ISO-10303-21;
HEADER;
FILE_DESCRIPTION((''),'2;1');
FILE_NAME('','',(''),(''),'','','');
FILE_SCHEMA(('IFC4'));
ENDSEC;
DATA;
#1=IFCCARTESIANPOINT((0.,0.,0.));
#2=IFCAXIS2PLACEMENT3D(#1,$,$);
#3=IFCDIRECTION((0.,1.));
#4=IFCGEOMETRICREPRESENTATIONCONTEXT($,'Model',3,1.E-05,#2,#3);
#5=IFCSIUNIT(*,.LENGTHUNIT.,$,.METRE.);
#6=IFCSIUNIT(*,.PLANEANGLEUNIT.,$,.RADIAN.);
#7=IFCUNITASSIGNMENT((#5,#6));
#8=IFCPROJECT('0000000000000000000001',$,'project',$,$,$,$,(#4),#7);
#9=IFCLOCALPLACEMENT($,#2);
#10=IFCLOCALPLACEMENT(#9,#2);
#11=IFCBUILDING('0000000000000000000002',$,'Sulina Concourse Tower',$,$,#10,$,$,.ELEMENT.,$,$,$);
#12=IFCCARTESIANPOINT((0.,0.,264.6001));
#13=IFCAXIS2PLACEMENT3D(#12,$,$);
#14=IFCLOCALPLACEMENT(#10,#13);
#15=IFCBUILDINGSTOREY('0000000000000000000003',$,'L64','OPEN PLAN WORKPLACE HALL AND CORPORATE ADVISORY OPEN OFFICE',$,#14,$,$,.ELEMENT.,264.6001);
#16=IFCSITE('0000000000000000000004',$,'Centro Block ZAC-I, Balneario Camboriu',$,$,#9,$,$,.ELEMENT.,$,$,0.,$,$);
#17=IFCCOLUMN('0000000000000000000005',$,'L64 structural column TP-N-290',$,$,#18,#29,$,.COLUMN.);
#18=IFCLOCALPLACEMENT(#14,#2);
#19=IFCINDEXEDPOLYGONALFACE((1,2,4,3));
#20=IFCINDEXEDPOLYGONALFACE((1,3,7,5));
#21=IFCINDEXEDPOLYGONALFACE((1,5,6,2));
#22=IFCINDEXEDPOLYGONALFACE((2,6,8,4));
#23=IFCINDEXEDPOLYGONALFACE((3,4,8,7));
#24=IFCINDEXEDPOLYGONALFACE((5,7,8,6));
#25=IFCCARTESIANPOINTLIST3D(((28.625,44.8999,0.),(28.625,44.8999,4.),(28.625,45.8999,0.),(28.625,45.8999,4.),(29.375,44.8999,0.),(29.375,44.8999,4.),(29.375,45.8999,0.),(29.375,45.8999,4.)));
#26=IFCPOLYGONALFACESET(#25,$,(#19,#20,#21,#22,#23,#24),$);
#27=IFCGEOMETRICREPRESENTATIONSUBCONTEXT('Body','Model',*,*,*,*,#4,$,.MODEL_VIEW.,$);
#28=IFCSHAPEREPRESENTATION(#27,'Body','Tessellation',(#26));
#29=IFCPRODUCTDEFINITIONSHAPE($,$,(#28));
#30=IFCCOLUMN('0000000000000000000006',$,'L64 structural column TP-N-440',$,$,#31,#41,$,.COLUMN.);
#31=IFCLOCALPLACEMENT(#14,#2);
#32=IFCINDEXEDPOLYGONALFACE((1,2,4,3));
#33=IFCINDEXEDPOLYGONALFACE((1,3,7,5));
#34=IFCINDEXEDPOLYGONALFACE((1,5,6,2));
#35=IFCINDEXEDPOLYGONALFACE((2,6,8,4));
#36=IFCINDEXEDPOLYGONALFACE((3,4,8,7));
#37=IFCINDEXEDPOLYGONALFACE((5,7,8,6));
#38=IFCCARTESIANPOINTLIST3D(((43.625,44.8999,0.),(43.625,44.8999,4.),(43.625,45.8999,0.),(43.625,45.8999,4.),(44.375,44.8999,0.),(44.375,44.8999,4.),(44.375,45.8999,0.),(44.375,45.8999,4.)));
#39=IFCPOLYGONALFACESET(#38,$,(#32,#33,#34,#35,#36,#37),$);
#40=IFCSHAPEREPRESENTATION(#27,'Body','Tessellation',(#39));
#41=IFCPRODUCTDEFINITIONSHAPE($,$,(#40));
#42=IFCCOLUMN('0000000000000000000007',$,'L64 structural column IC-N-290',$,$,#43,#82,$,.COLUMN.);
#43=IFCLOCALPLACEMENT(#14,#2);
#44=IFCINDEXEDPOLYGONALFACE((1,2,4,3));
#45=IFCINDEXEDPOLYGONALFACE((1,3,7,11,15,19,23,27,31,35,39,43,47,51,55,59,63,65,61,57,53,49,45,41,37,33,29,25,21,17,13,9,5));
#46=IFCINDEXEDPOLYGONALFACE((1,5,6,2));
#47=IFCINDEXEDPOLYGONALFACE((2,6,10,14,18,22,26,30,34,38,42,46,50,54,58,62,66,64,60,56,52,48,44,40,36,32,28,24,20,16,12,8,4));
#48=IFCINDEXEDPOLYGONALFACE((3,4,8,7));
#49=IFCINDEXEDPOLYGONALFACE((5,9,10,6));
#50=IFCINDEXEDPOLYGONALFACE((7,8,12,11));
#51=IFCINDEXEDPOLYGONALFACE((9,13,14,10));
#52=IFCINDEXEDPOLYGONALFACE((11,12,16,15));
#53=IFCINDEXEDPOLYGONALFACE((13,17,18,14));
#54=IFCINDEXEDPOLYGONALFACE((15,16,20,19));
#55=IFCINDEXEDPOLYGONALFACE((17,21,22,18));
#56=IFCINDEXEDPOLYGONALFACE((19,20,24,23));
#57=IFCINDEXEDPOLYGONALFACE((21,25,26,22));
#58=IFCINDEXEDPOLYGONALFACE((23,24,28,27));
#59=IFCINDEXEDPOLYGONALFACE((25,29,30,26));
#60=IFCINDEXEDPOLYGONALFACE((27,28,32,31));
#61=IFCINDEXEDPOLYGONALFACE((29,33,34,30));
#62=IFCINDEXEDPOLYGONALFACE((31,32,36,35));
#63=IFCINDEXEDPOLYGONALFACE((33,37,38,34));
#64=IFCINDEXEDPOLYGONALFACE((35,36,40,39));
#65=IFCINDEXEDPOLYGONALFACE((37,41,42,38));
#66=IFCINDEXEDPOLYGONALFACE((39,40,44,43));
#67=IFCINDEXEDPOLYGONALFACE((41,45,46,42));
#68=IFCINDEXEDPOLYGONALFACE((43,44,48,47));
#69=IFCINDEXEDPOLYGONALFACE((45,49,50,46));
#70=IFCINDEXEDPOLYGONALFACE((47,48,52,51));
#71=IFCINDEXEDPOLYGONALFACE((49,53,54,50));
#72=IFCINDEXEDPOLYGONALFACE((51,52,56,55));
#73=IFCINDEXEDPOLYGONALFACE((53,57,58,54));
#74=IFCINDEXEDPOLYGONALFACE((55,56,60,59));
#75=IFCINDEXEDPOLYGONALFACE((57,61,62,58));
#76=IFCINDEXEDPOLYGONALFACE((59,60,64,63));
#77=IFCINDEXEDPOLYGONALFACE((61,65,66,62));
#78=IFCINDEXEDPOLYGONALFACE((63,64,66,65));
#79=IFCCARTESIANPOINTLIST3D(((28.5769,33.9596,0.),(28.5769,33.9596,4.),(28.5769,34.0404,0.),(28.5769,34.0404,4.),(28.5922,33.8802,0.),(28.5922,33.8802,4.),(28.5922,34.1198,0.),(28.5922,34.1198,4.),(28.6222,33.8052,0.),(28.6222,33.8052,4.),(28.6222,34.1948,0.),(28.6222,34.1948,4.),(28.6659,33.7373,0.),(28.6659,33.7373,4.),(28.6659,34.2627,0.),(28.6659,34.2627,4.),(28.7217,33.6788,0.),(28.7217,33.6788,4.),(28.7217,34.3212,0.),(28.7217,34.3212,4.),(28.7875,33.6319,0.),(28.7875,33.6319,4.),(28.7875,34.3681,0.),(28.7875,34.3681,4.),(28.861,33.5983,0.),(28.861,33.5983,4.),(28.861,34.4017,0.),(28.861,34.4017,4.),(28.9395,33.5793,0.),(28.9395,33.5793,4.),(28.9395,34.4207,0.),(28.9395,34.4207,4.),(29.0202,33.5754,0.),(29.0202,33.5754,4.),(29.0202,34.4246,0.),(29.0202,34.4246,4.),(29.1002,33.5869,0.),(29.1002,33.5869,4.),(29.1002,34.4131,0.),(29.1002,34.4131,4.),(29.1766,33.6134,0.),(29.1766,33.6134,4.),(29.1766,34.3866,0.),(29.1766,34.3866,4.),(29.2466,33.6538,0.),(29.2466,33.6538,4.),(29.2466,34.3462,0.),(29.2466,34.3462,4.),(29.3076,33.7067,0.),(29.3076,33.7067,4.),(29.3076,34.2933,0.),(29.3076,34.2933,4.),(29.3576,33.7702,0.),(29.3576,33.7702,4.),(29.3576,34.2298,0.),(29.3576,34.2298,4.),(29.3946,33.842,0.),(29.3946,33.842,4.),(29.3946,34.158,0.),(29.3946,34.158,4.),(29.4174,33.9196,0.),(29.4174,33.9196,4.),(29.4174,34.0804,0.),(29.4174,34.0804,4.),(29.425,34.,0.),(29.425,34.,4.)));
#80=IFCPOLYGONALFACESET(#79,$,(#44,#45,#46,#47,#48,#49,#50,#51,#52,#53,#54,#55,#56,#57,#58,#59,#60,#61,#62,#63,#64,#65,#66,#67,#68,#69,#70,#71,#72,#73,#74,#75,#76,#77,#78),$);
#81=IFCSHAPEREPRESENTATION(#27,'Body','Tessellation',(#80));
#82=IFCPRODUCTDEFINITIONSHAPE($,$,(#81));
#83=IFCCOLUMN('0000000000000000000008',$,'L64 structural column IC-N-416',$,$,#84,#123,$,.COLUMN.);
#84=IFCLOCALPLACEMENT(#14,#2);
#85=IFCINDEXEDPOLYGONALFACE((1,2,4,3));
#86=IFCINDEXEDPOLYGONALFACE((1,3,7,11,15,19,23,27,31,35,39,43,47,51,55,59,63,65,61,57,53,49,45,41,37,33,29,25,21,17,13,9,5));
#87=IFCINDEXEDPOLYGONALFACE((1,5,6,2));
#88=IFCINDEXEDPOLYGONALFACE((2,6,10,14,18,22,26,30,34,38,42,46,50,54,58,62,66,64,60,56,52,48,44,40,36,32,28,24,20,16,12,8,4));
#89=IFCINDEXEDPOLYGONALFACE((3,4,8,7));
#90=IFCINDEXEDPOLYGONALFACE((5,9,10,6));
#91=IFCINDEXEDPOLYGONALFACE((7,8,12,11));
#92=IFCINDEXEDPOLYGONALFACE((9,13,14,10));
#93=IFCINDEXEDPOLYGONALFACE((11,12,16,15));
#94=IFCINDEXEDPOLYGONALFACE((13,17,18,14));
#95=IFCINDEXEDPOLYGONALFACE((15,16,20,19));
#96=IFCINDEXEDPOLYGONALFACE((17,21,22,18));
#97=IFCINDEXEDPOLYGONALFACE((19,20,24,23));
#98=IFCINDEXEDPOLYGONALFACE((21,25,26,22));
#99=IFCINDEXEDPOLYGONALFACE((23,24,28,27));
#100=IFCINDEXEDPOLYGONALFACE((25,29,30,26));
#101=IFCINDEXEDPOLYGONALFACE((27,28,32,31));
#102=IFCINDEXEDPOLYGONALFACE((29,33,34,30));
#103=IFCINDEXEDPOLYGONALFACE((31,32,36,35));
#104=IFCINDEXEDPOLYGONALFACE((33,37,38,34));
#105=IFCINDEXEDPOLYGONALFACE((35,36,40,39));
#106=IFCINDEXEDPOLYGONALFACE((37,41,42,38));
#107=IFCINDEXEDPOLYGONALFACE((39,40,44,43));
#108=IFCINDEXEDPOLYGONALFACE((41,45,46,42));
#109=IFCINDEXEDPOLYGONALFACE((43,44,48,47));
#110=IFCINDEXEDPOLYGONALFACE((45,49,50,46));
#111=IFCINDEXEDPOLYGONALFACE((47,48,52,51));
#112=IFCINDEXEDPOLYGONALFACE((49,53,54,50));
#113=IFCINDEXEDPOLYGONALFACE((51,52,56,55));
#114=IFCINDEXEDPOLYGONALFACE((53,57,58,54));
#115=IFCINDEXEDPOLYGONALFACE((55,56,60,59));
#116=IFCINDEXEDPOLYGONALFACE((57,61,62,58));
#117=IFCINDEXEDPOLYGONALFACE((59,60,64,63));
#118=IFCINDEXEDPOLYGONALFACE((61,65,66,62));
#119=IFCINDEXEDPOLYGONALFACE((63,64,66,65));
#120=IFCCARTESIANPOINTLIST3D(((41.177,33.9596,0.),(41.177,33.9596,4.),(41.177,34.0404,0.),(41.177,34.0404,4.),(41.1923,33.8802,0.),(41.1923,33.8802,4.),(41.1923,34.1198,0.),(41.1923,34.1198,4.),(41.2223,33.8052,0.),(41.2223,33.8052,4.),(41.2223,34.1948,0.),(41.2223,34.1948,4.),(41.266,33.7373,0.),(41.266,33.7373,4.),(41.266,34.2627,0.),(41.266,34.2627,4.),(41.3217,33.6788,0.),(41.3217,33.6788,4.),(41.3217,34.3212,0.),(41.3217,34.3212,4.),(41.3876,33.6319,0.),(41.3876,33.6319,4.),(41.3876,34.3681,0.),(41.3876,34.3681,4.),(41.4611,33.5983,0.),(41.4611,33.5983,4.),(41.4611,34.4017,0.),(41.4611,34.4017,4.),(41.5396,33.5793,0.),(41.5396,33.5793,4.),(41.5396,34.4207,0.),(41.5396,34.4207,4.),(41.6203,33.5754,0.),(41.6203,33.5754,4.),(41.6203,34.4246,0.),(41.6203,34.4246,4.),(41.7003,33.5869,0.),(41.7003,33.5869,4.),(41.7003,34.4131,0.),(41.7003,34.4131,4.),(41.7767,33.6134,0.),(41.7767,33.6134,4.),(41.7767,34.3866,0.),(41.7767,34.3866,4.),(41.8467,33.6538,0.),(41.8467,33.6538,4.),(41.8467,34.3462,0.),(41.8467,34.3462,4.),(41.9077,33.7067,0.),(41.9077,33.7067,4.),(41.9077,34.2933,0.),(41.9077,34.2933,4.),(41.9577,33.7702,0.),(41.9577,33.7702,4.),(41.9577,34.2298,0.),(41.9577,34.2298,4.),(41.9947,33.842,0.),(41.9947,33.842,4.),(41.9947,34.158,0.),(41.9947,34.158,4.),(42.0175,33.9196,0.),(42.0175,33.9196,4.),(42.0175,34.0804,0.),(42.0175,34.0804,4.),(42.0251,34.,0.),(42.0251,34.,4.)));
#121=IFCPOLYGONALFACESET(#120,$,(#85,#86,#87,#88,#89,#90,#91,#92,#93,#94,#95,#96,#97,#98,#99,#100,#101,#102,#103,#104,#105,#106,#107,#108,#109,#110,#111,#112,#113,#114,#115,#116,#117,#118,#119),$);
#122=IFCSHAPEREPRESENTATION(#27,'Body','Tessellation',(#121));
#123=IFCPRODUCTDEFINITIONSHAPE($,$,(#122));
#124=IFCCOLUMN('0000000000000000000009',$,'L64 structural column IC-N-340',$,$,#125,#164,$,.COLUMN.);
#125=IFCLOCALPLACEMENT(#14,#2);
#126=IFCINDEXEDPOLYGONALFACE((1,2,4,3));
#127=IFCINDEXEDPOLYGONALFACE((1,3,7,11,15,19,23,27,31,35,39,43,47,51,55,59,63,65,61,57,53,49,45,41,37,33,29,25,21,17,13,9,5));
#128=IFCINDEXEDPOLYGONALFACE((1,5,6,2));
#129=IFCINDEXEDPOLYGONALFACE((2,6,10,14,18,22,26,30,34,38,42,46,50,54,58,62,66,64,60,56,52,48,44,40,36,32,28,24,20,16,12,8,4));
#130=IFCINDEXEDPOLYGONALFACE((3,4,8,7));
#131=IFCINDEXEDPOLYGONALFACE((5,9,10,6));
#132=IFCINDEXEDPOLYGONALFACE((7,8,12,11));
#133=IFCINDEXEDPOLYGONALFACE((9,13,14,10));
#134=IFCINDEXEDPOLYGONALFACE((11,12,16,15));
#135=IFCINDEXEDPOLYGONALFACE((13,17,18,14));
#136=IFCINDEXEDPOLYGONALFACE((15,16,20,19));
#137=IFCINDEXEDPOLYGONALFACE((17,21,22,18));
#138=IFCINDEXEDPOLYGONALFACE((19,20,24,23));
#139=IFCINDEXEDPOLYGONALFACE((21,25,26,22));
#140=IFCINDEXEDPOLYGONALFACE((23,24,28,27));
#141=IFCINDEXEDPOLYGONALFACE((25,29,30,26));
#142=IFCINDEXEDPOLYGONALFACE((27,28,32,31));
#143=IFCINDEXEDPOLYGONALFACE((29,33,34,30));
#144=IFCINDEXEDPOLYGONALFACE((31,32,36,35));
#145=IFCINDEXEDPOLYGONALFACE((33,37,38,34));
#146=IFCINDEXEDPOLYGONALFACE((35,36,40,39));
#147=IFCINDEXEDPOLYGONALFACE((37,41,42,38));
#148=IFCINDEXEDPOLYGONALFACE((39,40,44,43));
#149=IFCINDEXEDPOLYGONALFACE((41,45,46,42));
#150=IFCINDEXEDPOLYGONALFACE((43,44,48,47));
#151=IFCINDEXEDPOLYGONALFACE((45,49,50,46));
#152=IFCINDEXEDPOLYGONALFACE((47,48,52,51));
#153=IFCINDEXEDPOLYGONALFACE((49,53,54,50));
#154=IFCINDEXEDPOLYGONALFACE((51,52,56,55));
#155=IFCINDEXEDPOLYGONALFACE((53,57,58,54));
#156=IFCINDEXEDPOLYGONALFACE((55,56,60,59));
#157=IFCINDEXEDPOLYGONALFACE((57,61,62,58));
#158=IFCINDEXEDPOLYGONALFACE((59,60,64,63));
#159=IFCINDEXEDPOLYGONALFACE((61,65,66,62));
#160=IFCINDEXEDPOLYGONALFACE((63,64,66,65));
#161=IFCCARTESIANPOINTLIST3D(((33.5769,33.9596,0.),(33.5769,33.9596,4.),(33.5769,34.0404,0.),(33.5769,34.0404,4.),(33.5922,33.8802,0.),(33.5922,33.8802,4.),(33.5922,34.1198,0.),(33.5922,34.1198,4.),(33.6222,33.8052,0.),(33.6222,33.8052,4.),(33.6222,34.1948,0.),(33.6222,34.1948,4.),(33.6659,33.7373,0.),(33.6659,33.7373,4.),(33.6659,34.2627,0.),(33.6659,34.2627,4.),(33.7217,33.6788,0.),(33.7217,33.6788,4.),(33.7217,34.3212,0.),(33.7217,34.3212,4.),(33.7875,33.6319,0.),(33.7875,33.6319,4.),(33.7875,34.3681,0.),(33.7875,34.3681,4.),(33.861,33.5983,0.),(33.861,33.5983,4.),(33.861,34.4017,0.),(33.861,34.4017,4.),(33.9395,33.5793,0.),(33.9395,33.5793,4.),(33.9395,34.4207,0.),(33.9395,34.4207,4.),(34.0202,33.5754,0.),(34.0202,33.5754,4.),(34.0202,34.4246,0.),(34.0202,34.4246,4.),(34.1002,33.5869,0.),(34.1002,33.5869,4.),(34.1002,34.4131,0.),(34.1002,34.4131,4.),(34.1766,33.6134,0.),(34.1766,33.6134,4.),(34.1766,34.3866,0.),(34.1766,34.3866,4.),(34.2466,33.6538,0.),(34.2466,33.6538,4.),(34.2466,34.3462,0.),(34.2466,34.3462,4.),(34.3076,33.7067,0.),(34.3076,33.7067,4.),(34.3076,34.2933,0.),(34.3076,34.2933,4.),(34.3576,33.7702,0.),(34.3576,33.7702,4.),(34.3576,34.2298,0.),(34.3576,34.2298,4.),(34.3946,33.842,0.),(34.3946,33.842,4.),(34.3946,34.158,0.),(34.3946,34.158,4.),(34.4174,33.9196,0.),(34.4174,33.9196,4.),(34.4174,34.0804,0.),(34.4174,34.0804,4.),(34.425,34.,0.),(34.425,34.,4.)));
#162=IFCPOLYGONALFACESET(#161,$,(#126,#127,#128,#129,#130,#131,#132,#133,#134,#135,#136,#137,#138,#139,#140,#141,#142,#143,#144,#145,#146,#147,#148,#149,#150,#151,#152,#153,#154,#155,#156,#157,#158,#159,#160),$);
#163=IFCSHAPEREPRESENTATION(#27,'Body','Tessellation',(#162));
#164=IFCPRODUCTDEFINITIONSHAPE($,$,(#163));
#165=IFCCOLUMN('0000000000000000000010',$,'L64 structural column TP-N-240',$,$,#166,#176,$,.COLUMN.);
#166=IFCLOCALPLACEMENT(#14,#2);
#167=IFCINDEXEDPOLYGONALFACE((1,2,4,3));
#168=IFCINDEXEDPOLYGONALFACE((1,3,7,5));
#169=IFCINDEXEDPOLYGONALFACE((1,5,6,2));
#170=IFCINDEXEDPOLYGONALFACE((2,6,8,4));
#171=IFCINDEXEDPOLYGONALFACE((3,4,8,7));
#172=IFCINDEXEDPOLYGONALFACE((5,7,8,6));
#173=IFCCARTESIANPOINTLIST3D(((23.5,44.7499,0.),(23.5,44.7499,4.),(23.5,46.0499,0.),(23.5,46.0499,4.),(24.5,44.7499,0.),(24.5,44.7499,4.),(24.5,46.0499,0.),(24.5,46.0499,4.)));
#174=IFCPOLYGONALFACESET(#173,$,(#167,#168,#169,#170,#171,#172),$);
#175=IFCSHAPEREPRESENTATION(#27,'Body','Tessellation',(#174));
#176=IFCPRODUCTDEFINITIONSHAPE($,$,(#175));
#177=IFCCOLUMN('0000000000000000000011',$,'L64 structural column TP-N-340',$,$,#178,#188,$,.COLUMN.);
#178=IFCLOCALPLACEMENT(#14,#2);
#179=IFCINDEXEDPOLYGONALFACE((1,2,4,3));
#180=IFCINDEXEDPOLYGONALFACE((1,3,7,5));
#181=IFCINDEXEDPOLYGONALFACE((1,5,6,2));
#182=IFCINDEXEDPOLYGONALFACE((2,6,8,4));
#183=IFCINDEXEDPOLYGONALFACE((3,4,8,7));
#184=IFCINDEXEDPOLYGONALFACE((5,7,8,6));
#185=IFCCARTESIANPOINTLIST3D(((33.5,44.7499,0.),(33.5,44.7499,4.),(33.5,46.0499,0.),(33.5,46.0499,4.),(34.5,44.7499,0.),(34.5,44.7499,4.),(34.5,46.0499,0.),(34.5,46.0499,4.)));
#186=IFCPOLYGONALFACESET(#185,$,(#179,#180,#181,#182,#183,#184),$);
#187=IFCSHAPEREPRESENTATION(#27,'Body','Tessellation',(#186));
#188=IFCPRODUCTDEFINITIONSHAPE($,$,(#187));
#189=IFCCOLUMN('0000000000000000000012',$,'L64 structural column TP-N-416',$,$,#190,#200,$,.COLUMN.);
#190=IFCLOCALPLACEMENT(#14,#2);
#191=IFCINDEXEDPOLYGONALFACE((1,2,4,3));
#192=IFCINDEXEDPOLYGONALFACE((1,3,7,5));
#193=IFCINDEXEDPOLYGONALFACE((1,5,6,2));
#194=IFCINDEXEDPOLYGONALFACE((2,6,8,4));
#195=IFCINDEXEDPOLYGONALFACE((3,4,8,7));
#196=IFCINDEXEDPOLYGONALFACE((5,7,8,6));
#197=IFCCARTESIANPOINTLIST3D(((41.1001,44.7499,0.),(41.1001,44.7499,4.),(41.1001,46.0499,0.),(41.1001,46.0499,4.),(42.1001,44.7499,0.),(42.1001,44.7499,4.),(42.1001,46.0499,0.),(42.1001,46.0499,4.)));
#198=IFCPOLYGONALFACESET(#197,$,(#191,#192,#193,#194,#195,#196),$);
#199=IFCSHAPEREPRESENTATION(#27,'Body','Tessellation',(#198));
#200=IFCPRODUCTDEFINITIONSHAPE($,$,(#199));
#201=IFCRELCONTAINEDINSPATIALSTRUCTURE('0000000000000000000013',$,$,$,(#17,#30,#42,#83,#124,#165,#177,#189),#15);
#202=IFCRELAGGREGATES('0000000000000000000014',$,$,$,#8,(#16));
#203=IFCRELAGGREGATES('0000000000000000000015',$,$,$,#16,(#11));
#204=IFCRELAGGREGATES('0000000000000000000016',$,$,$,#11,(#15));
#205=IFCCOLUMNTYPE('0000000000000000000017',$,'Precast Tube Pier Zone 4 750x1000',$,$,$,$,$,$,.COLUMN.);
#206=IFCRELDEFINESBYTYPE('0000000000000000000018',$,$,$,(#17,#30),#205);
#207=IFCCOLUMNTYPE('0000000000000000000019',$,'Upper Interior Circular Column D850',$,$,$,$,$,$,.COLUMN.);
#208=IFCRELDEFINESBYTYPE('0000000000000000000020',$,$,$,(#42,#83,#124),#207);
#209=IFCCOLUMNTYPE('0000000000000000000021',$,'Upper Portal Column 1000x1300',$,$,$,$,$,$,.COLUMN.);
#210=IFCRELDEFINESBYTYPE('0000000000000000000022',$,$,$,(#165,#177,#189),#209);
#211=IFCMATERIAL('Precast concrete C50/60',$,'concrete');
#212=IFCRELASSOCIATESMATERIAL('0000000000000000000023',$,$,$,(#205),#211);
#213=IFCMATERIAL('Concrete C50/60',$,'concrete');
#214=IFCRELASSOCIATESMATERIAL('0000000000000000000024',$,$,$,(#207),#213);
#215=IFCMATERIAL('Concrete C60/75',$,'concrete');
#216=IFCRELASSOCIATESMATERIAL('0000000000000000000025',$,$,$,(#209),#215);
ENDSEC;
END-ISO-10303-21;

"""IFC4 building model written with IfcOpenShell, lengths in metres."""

from ifc_helpers import new_model, si_unit, direction, frame, origin, origin_2d, place, context, subcontext, project, spatial, rectangle, circle, extrude, material, material_profile, profile_set, type_object, element, save


model = new_model("IFC4")

# Units and contexts
model_context = context("Model", 3, precision=1e-05, world=origin(), true_north=direction((0.0, 1.0)))
body_context = subcontext(model_context, "Body", "Model", "MODEL_VIEW")
ifc_project = project(units=[si_unit("LENGTHUNIT", "METRE"), si_unit("PLANEANGLEUNIT", "RADIAN")], contexts=[model_context])

# Site, building, storey
site_placement = place(None, origin())
site = spatial("IfcSite", under=ifc_project, at=site_placement, Name="Centro Block ZAC-I, Balneario Camboriu", CompositionType="ELEMENT", RefElevation=0.0)
building_placement = place(site_placement, origin())
building = spatial("IfcBuilding", under=site, at=building_placement, Name="Sulina Concourse Tower", CompositionType="ELEMENT")
storey_placement = place(building_placement, frame((0.0, 0.0, 264.6001)))
storey = spatial("IfcBuildingStorey", under=building, at=storey_placement, Name="L64", Description="OPEN PLAN WORKPLACE HALL AND CORPORATE ADVISORY OPEN OFFICE", CompositionType="ELEMENT", Elevation=264.6001)

# Columns
ifc_material_1 = material(Name="Precast concrete C50/60", Category="concrete")
ifc_material_profile_1 = material_profile(ifc_material_1, rectangle(XDim=0.75, YDim=1.0, at=origin_2d()), Name="PC 750x1000")
ifc_profile_set_1 = profile_set([ifc_material_profile_1], Name="Precast concrete C50/60")
column_type_1 = type_object("IfcColumnType", Name="Precast Tube Pier Zone 4 750x1000", PredefinedType="COLUMN", material=ifc_profile_set_1)
for number, where, z_axis, x_axis, name in (
    (1, (29.0, 45.3999, 0.0), (0.0, 0.0, 1.0), (1.0, 0.0, 0.0), "L64 structural column TP-N-290"),
    (2, (44.0, 45.3999, 0.0), (0.0, 0.0, 1.0), (1.0, 0.0, 0.0), "L64 structural column TP-N-440"),
):
    element("IfcColumn", number, at=place(storey_placement, frame(where, z_axis=z_axis, x_axis=x_axis)), inside=storey, type_object=column_type_1, Name=name, PredefinedType="COLUMN", context=body_context, shape_type="SweptSolid", body=[
        extrude(rectangle(XDim=0.75, YDim=1.0, at=origin_2d()), origin(), (0.0, 0.0, 1.0), 4.0),
    ])
ifc_material_2 = material(Name="Concrete C50/60", Category="concrete")
ifc_material_profile_2 = material_profile(ifc_material_2, circle(Radius=0.425, at=origin_2d()), Name="RC D850")
ifc_profile_set_2 = profile_set([ifc_material_profile_2], Name="Concrete C50/60")
column_type_2 = type_object("IfcColumnType", Name="Upper Interior Circular Column D850", PredefinedType="COLUMN", material=ifc_profile_set_2)
for number, where, z_axis, x_axis, name in (
    (3, (29.0, 34.0, 0.0), (0.0, 0.0, 1.0), (1.0, 0.0, 0.0), "L64 structural column IC-N-290"),
    (4, (41.6001, 34.0, 0.0), (0.0, 0.0, 1.0), (1.0, 0.0, 0.0), "L64 structural column IC-N-416"),
    (5, (34.0, 34.0, 0.0), (0.0, 0.0, 1.0), (1.0, 0.0, 0.0), "L64 structural column IC-N-340"),
):
    element("IfcColumn", number, at=place(storey_placement, frame(where, z_axis=z_axis, x_axis=x_axis)), inside=storey, type_object=column_type_2, Name=name, PredefinedType="COLUMN", context=body_context, shape_type="SweptSolid", body=[
        extrude(circle(Radius=0.425, at=origin_2d()), origin(), (0.0, 0.0, 1.0), 4.0),
    ])
ifc_material_3 = material(Name="Concrete C60/75", Category="concrete")
ifc_material_profile_3 = material_profile(ifc_material_3, rectangle(XDim=1.0, YDim=1.3, at=origin_2d()), Name="RC 1000x1300")
ifc_profile_set_3 = profile_set([ifc_material_profile_3], Name="Concrete C60/75")
column_type_3 = type_object("IfcColumnType", Name="Upper Portal Column 1000x1300", PredefinedType="COLUMN", material=ifc_profile_set_3)
for number, where, z_axis, x_axis, name in (
    (6, (24.0, 45.3999, 0.0), (0.0, 0.0, 1.0), (1.0, 0.0, 0.0), "L64 structural column TP-N-240"),
    (7, (34.0, 45.3999, 0.0), (0.0, 0.0, 1.0), (1.0, 0.0, 0.0), "L64 structural column TP-N-340"),
    (8, (41.6001, 45.3999, 0.0), (0.0, 0.0, 1.0), (1.0, 0.0, 0.0), "L64 structural column TP-N-416"),
):
    element("IfcColumn", number, at=place(storey_placement, frame(where, z_axis=z_axis, x_axis=x_axis)), inside=storey, type_object=column_type_3, Name=name, PredefinedType="COLUMN", context=body_context, shape_type="SweptSolid", body=[
        extrude(rectangle(XDim=1.0, YDim=1.3, at=origin_2d()), origin(), (0.0, 0.0, 1.0), 4.0),
    ])

save(model, "model.ifc")
